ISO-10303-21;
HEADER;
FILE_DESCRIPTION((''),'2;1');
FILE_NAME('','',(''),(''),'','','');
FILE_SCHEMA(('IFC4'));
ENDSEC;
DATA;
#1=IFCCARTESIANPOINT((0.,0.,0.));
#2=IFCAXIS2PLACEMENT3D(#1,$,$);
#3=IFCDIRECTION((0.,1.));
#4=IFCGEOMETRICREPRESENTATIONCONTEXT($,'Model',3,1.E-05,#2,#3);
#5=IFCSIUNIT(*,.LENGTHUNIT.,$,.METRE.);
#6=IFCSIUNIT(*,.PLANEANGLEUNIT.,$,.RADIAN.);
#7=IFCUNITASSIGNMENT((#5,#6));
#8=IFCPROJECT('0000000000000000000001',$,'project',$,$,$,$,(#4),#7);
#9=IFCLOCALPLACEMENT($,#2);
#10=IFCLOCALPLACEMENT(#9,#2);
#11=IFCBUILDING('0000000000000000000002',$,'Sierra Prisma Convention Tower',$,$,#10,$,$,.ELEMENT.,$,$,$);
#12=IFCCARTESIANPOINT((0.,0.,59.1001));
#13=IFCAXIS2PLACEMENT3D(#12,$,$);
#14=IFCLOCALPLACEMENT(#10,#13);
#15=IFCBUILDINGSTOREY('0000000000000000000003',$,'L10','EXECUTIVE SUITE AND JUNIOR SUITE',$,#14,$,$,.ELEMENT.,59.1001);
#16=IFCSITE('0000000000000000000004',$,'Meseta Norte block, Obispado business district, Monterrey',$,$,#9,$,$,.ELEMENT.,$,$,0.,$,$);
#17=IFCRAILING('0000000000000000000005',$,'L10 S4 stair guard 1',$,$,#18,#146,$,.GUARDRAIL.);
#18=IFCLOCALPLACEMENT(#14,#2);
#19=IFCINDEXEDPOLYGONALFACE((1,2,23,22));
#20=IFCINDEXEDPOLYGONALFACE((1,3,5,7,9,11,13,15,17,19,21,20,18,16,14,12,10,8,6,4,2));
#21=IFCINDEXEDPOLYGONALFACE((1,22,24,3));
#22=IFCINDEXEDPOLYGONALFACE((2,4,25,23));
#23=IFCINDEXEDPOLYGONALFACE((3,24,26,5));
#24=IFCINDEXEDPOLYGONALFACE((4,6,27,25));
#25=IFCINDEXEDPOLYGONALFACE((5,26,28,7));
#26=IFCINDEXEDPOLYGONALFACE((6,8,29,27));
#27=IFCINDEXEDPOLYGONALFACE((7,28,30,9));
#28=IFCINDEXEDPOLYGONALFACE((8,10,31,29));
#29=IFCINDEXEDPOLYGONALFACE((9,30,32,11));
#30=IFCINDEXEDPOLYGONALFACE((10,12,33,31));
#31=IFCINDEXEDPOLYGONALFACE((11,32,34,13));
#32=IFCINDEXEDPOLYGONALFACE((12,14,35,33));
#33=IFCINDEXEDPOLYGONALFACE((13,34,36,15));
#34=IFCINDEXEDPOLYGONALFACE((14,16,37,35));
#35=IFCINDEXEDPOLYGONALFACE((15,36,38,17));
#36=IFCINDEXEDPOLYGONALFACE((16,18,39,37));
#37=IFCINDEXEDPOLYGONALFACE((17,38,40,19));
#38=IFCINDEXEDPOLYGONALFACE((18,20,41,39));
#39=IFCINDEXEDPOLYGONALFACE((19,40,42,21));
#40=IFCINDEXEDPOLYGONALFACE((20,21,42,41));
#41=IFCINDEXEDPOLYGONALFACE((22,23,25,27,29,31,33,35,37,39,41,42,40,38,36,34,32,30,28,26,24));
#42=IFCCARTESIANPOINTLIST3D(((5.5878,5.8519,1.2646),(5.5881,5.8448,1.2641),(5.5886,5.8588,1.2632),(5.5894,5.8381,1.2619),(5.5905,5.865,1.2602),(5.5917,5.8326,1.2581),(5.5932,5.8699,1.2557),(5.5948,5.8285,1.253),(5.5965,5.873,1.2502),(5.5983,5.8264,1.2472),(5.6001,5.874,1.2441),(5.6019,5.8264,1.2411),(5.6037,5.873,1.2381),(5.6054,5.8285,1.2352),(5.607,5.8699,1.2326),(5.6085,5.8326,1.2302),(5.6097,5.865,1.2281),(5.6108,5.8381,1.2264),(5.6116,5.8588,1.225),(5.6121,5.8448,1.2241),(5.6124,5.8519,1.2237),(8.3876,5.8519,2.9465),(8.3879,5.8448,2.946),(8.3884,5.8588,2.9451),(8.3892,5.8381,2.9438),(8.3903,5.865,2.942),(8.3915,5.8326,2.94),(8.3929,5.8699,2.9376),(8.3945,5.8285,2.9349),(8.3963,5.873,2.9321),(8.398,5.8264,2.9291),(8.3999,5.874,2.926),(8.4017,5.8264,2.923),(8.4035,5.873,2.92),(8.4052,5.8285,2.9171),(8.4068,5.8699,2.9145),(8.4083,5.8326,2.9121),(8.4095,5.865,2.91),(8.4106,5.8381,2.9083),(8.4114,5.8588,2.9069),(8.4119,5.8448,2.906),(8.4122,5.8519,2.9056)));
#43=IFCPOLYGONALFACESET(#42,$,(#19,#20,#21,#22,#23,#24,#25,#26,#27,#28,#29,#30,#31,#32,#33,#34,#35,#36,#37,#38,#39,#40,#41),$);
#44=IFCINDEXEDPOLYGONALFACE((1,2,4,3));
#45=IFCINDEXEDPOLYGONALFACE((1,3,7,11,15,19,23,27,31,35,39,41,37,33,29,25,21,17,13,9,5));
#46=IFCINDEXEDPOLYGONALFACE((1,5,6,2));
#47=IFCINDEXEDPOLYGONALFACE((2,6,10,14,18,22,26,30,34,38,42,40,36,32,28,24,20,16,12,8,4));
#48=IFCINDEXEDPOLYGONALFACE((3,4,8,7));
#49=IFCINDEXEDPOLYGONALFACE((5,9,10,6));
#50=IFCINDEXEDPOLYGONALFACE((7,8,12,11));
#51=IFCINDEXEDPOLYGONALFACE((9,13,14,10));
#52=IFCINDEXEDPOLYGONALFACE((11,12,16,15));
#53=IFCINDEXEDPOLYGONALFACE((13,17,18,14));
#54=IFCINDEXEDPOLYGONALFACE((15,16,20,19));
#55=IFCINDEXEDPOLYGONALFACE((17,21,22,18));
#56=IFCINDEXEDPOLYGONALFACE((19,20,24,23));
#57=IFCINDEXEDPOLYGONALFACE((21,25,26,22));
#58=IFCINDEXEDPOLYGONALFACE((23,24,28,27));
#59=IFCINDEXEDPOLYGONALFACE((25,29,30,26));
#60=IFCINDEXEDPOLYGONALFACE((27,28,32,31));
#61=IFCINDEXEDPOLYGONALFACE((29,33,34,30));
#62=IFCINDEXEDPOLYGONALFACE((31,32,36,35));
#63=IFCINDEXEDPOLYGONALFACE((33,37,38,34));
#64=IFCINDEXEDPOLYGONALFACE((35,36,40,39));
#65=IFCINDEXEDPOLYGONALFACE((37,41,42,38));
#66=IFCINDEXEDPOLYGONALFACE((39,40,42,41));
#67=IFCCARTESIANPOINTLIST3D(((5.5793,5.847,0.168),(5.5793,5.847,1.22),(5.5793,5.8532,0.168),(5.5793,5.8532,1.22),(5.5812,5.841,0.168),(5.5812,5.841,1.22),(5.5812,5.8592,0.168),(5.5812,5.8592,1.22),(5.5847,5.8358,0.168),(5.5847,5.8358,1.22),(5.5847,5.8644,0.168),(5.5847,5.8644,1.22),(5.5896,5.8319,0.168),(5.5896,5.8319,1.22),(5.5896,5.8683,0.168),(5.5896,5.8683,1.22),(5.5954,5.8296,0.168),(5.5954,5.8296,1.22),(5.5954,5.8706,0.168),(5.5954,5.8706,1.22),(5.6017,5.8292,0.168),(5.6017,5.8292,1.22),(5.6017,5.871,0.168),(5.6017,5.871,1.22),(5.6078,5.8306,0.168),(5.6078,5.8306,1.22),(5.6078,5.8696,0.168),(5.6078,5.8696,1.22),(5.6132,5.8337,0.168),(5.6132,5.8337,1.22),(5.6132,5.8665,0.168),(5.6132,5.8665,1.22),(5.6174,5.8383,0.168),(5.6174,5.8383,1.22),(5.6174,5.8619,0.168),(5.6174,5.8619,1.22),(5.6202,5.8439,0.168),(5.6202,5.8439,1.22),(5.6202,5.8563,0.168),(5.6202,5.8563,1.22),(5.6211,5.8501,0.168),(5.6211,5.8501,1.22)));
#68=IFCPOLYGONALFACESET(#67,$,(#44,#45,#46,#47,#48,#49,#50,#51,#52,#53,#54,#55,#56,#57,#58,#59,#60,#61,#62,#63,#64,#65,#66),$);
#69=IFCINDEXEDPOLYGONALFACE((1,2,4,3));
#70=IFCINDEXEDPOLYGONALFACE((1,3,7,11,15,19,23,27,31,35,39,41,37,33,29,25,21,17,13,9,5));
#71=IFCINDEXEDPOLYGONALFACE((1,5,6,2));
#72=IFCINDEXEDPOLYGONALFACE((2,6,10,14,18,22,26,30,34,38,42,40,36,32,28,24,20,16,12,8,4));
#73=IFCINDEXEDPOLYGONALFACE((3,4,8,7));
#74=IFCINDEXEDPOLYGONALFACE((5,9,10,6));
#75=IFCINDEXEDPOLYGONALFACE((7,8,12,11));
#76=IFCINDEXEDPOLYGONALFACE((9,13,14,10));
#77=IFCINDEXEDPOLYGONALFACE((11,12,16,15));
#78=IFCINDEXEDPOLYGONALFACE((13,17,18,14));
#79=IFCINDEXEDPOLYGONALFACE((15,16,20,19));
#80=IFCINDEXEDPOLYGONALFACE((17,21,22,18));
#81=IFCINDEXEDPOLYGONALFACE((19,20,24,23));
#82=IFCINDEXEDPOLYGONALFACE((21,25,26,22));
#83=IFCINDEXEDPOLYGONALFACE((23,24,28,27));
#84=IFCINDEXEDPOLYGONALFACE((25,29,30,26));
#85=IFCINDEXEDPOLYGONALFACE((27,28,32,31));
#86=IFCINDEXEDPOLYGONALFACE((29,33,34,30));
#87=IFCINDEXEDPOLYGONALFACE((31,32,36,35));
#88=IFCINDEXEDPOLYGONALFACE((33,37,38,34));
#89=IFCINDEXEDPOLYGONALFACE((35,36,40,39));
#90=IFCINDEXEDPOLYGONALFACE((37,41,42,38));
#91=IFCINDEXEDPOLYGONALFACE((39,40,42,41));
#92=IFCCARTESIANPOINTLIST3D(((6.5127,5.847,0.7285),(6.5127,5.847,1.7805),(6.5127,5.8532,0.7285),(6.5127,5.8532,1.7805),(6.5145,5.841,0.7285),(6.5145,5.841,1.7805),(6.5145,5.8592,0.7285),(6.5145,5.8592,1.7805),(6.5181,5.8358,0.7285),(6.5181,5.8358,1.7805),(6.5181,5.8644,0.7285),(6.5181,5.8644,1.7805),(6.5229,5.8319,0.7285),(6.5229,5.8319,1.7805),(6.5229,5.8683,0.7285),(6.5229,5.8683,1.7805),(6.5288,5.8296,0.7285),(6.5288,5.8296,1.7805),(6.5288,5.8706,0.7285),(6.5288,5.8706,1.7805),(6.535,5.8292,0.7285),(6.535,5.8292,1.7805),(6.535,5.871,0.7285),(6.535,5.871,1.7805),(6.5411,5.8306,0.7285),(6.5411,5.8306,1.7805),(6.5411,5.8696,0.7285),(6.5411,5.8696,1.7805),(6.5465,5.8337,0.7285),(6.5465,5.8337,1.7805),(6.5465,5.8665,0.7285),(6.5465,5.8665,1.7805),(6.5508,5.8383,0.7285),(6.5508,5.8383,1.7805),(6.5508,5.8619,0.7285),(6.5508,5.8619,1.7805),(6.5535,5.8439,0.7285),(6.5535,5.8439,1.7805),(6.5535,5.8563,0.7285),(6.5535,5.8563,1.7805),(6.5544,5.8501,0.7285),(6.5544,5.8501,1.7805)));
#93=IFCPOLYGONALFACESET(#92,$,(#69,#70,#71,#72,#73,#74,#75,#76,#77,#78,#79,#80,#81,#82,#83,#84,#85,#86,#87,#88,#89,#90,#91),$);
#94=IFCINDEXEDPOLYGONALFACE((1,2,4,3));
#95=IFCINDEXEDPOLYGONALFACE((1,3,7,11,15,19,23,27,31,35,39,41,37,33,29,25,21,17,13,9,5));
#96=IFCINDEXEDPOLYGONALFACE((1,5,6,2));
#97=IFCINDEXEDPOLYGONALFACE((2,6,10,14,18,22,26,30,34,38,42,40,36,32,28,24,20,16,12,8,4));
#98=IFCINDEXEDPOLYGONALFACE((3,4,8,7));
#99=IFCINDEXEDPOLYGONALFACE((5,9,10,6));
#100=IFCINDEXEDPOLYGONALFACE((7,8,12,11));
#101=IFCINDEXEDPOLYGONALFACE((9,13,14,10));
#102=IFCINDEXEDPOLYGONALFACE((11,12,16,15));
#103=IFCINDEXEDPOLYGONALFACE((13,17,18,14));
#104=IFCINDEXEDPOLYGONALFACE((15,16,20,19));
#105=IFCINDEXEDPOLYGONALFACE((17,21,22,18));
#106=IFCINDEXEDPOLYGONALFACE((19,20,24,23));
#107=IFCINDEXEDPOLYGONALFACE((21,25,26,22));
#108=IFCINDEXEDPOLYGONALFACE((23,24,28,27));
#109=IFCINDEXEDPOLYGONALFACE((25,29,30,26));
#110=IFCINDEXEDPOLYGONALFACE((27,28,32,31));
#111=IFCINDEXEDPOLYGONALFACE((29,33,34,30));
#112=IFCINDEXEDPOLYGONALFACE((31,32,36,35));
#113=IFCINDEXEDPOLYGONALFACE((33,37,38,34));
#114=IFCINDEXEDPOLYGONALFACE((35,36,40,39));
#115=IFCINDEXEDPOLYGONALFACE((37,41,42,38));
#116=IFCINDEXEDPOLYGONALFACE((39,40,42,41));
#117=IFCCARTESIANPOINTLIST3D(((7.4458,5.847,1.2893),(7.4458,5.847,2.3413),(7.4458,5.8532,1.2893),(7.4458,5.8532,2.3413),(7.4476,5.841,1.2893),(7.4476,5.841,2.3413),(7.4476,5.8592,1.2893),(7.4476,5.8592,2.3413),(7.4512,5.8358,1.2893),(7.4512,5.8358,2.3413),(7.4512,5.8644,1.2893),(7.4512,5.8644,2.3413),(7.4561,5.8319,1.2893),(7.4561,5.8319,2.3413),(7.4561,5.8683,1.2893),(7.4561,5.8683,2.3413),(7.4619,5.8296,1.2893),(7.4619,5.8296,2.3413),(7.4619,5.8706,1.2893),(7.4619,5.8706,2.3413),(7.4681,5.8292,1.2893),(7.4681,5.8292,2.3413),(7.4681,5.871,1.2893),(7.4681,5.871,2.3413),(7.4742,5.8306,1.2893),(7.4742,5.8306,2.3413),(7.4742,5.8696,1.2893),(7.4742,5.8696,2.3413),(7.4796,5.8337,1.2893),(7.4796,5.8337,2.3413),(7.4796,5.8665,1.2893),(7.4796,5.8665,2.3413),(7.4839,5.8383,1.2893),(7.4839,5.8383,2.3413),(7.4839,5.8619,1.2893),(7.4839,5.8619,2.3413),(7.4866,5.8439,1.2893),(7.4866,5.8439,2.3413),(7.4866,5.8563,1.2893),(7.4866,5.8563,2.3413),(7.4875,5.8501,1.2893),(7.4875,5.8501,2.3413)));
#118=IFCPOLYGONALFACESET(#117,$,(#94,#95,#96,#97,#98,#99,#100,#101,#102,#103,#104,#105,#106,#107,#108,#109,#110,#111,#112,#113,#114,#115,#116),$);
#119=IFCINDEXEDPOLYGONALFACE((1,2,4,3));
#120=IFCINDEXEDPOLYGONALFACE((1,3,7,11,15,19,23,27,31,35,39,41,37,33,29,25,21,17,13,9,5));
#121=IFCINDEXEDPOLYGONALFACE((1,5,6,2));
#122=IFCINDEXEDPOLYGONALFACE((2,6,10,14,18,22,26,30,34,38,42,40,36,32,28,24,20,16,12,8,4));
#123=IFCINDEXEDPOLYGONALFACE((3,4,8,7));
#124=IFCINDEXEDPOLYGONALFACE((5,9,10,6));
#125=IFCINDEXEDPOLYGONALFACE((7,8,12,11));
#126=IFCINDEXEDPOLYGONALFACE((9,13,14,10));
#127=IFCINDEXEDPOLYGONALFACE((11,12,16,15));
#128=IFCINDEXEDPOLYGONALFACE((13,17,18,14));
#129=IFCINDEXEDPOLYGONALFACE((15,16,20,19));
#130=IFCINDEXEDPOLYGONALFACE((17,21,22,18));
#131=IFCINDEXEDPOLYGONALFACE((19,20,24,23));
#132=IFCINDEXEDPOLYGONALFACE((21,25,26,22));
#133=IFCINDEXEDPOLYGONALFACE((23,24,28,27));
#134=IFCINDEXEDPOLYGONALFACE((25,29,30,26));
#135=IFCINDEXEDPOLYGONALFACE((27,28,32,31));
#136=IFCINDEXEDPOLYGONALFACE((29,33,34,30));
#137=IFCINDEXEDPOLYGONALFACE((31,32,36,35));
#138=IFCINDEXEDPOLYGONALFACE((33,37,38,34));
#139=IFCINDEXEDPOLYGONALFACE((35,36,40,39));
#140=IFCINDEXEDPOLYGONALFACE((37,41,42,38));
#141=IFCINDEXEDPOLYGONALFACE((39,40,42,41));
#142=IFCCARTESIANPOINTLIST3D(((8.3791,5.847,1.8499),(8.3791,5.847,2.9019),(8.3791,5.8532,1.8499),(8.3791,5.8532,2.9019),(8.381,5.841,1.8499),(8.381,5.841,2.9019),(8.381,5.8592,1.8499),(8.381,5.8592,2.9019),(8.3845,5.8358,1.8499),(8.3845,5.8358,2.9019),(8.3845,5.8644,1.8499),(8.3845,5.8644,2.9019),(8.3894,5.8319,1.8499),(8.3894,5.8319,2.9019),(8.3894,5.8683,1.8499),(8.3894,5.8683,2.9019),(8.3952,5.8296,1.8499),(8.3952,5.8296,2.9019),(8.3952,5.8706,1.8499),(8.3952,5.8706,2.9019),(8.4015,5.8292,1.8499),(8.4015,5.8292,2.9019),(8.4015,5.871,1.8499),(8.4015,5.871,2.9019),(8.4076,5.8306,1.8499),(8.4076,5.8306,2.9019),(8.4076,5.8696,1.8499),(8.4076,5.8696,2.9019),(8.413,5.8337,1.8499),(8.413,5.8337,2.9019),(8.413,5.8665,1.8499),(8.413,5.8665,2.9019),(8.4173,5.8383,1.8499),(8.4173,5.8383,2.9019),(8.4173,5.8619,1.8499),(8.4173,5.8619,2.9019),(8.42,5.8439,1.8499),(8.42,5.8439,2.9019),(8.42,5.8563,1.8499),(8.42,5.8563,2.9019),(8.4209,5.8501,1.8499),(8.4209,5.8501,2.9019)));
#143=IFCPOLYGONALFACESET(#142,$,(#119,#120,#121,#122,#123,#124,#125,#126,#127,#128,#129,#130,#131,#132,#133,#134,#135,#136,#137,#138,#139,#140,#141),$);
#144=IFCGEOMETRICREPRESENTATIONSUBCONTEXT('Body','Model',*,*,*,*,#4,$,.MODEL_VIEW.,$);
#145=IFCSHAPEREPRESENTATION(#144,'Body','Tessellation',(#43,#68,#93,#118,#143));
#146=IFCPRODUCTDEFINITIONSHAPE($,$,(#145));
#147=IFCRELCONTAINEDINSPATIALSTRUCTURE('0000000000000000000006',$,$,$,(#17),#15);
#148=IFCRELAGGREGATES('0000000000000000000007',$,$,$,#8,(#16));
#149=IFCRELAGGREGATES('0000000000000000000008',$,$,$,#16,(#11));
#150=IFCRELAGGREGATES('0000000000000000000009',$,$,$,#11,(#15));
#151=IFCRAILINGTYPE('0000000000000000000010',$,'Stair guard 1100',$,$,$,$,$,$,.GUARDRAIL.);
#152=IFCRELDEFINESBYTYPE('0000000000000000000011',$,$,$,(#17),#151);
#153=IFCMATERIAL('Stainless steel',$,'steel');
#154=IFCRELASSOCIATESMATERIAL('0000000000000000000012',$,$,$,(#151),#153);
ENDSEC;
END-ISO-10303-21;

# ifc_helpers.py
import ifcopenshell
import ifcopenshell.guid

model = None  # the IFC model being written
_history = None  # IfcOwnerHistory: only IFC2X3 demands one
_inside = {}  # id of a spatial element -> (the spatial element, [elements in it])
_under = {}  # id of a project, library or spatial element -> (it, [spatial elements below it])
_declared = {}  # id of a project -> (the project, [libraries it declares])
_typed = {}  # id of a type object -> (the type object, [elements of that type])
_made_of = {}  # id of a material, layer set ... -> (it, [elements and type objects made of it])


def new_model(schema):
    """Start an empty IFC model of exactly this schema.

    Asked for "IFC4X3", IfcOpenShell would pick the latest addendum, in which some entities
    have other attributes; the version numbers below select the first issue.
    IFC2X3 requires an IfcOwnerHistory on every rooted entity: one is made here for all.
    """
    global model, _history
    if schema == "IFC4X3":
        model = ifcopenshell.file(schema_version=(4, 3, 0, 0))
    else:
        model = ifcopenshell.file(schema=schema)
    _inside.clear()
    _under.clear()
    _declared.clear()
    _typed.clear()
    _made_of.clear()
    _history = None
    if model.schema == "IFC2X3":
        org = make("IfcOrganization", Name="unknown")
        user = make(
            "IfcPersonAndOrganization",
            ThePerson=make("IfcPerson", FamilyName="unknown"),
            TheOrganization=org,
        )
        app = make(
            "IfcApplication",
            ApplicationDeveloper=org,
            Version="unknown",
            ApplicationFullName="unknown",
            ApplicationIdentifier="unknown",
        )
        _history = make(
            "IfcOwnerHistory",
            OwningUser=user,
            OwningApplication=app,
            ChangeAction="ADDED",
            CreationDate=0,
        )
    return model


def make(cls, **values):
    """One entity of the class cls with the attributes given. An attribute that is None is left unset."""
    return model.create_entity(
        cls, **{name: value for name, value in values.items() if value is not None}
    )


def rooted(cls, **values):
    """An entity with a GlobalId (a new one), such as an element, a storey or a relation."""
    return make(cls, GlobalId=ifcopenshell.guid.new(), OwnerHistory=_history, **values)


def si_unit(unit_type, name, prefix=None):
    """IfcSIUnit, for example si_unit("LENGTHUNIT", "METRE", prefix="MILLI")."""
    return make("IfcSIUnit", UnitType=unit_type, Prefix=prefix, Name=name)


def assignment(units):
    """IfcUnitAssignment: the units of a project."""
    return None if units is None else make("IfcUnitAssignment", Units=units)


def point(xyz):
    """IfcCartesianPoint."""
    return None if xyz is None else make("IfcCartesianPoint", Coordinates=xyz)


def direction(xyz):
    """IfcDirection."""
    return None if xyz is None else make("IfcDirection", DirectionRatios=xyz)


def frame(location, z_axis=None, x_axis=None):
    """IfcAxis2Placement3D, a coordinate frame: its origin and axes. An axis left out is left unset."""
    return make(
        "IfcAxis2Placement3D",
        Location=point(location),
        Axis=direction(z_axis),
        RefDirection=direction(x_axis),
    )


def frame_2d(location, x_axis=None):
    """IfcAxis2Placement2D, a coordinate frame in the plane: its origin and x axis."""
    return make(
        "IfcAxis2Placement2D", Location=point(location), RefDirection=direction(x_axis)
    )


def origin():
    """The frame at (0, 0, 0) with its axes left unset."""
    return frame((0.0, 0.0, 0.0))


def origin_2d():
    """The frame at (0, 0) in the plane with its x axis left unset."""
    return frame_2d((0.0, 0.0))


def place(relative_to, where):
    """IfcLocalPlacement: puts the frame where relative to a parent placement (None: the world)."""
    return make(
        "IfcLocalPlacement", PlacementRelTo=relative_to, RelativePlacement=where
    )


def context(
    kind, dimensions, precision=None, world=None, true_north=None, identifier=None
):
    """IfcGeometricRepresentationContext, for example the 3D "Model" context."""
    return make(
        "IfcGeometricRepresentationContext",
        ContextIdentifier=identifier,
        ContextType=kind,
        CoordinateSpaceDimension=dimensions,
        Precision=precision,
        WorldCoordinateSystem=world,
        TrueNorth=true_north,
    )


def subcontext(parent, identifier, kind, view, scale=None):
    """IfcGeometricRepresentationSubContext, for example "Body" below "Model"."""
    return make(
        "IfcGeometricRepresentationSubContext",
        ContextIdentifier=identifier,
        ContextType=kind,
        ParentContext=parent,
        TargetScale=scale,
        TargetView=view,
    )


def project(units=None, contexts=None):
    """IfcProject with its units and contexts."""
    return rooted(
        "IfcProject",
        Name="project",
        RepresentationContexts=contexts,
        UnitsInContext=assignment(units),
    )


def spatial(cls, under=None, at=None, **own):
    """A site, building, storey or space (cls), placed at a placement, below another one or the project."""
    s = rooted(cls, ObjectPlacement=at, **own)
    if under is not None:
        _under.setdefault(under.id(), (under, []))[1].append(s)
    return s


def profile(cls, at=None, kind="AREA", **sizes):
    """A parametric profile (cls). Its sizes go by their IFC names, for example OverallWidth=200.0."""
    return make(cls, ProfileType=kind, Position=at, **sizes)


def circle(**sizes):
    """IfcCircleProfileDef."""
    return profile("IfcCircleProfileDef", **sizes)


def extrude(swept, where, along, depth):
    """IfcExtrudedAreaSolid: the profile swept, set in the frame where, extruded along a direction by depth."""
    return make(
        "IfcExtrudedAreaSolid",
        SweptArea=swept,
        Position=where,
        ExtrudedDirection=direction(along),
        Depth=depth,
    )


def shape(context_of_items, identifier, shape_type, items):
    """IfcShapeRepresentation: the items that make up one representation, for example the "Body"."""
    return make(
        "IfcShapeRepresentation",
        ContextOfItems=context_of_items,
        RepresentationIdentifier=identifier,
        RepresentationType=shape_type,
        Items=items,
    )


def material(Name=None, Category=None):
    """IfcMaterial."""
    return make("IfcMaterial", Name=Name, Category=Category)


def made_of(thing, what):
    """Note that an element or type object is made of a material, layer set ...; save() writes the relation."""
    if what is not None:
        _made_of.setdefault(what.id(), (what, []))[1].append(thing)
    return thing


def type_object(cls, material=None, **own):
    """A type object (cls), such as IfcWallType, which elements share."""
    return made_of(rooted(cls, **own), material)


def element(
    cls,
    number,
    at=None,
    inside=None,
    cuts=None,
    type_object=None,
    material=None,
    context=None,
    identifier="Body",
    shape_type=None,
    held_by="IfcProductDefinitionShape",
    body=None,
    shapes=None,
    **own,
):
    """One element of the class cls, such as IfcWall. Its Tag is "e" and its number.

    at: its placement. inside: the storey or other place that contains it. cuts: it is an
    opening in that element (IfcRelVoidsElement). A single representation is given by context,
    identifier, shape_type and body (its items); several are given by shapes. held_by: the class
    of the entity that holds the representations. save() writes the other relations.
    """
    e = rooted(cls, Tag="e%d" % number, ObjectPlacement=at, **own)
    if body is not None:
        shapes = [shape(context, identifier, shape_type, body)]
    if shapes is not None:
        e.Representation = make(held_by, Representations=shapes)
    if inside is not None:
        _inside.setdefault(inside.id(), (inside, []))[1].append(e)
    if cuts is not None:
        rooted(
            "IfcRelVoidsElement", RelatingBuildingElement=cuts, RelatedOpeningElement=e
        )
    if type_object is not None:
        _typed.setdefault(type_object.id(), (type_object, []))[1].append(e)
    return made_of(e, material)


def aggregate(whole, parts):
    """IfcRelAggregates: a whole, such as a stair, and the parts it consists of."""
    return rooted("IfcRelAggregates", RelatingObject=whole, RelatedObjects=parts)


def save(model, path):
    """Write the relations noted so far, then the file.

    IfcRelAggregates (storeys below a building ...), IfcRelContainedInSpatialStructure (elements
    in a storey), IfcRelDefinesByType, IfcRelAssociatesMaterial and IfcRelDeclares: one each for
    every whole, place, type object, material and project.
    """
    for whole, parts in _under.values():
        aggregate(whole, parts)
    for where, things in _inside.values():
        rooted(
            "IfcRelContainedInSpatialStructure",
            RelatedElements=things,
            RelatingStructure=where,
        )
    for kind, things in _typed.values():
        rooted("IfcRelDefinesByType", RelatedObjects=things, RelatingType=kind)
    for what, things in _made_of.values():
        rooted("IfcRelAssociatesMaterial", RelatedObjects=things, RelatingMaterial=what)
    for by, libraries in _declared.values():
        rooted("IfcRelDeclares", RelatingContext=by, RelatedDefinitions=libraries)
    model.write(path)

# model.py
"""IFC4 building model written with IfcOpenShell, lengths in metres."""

from ifc_helpers import new_model, si_unit, direction, frame, origin, origin_2d, place, context, subcontext, project, spatial, circle, extrude, material, type_object, element, save


model = new_model("IFC4")

# Units and contexts
model_context = context("Model", 3, precision=1e-05, world=origin(), true_north=direction((0.0, 1.0)))
body_context = subcontext(model_context, "Body", "Model", "MODEL_VIEW")
ifc_project = project(units=[si_unit("LENGTHUNIT", "METRE"), si_unit("PLANEANGLEUNIT", "RADIAN")], contexts=[model_context])

# Site, building, storey
site_placement = place(None, origin())
site = spatial("IfcSite", under=ifc_project, at=site_placement, Name="Meseta Norte block, Obispado business district, Monterrey", CompositionType="ELEMENT", RefElevation=0.0)
building_placement = place(site_placement, origin())
building = spatial("IfcBuilding", under=site, at=building_placement, Name="Sierra Prisma Convention Tower", CompositionType="ELEMENT")
storey_placement = place(building_placement, frame((0.0, 0.0, 59.1001)))
storey = spatial("IfcBuildingStorey", under=building, at=storey_placement, Name="L10", Description="EXECUTIVE SUITE AND JUNIOR SUITE", CompositionType="ELEMENT", Elevation=59.1001)

# Railing
ifc_material_1 = material(Name="Stainless steel", Category="steel")
railing_type_1 = type_object("IfcRailingType", Name="Stair guard 1100", PredefinedType="GUARDRAIL", material=ifc_material_1)
railing_1_placement = place(storey_placement, frame((5.6001, 5.8501, 0.168)))
element("IfcRailing", 1, at=railing_1_placement, inside=storey, type_object=railing_type_1, Name="L10 S4 stair guard 1", PredefinedType="GUARDRAIL", context=body_context, shape_type="SweptSolid", body=[
    extrude(circle(Radius=0.0239, at=origin_2d()), frame((0.0, 0.0, 1.0762), z_axis=(0.857222, 0.0, 0.514946), x_axis=(0.0, 1.0, 0.0)), (0.0, 0.0, 1.0), 3.2661),
    extrude(circle(Radius=0.021, at=origin_2d()), origin(), (0.0, 0.0, 1.0), 1.052),
    extrude(circle(Radius=0.021, at=origin_2d()), frame((0.9333, 0.0, 0.5605)), (0.0, 0.0, 1.0), 1.052),
    extrude(circle(Radius=0.021, at=origin_2d()), frame((1.8665, 0.0, 1.1213)), (0.0, 0.0, 1.0), 1.052),
    extrude(circle(Radius=0.021, at=origin_2d()), frame((2.7998, 0.0, 1.6819)), (0.0, 0.0, 1.0), 1.052),
])

save(model, "model.ifc")
